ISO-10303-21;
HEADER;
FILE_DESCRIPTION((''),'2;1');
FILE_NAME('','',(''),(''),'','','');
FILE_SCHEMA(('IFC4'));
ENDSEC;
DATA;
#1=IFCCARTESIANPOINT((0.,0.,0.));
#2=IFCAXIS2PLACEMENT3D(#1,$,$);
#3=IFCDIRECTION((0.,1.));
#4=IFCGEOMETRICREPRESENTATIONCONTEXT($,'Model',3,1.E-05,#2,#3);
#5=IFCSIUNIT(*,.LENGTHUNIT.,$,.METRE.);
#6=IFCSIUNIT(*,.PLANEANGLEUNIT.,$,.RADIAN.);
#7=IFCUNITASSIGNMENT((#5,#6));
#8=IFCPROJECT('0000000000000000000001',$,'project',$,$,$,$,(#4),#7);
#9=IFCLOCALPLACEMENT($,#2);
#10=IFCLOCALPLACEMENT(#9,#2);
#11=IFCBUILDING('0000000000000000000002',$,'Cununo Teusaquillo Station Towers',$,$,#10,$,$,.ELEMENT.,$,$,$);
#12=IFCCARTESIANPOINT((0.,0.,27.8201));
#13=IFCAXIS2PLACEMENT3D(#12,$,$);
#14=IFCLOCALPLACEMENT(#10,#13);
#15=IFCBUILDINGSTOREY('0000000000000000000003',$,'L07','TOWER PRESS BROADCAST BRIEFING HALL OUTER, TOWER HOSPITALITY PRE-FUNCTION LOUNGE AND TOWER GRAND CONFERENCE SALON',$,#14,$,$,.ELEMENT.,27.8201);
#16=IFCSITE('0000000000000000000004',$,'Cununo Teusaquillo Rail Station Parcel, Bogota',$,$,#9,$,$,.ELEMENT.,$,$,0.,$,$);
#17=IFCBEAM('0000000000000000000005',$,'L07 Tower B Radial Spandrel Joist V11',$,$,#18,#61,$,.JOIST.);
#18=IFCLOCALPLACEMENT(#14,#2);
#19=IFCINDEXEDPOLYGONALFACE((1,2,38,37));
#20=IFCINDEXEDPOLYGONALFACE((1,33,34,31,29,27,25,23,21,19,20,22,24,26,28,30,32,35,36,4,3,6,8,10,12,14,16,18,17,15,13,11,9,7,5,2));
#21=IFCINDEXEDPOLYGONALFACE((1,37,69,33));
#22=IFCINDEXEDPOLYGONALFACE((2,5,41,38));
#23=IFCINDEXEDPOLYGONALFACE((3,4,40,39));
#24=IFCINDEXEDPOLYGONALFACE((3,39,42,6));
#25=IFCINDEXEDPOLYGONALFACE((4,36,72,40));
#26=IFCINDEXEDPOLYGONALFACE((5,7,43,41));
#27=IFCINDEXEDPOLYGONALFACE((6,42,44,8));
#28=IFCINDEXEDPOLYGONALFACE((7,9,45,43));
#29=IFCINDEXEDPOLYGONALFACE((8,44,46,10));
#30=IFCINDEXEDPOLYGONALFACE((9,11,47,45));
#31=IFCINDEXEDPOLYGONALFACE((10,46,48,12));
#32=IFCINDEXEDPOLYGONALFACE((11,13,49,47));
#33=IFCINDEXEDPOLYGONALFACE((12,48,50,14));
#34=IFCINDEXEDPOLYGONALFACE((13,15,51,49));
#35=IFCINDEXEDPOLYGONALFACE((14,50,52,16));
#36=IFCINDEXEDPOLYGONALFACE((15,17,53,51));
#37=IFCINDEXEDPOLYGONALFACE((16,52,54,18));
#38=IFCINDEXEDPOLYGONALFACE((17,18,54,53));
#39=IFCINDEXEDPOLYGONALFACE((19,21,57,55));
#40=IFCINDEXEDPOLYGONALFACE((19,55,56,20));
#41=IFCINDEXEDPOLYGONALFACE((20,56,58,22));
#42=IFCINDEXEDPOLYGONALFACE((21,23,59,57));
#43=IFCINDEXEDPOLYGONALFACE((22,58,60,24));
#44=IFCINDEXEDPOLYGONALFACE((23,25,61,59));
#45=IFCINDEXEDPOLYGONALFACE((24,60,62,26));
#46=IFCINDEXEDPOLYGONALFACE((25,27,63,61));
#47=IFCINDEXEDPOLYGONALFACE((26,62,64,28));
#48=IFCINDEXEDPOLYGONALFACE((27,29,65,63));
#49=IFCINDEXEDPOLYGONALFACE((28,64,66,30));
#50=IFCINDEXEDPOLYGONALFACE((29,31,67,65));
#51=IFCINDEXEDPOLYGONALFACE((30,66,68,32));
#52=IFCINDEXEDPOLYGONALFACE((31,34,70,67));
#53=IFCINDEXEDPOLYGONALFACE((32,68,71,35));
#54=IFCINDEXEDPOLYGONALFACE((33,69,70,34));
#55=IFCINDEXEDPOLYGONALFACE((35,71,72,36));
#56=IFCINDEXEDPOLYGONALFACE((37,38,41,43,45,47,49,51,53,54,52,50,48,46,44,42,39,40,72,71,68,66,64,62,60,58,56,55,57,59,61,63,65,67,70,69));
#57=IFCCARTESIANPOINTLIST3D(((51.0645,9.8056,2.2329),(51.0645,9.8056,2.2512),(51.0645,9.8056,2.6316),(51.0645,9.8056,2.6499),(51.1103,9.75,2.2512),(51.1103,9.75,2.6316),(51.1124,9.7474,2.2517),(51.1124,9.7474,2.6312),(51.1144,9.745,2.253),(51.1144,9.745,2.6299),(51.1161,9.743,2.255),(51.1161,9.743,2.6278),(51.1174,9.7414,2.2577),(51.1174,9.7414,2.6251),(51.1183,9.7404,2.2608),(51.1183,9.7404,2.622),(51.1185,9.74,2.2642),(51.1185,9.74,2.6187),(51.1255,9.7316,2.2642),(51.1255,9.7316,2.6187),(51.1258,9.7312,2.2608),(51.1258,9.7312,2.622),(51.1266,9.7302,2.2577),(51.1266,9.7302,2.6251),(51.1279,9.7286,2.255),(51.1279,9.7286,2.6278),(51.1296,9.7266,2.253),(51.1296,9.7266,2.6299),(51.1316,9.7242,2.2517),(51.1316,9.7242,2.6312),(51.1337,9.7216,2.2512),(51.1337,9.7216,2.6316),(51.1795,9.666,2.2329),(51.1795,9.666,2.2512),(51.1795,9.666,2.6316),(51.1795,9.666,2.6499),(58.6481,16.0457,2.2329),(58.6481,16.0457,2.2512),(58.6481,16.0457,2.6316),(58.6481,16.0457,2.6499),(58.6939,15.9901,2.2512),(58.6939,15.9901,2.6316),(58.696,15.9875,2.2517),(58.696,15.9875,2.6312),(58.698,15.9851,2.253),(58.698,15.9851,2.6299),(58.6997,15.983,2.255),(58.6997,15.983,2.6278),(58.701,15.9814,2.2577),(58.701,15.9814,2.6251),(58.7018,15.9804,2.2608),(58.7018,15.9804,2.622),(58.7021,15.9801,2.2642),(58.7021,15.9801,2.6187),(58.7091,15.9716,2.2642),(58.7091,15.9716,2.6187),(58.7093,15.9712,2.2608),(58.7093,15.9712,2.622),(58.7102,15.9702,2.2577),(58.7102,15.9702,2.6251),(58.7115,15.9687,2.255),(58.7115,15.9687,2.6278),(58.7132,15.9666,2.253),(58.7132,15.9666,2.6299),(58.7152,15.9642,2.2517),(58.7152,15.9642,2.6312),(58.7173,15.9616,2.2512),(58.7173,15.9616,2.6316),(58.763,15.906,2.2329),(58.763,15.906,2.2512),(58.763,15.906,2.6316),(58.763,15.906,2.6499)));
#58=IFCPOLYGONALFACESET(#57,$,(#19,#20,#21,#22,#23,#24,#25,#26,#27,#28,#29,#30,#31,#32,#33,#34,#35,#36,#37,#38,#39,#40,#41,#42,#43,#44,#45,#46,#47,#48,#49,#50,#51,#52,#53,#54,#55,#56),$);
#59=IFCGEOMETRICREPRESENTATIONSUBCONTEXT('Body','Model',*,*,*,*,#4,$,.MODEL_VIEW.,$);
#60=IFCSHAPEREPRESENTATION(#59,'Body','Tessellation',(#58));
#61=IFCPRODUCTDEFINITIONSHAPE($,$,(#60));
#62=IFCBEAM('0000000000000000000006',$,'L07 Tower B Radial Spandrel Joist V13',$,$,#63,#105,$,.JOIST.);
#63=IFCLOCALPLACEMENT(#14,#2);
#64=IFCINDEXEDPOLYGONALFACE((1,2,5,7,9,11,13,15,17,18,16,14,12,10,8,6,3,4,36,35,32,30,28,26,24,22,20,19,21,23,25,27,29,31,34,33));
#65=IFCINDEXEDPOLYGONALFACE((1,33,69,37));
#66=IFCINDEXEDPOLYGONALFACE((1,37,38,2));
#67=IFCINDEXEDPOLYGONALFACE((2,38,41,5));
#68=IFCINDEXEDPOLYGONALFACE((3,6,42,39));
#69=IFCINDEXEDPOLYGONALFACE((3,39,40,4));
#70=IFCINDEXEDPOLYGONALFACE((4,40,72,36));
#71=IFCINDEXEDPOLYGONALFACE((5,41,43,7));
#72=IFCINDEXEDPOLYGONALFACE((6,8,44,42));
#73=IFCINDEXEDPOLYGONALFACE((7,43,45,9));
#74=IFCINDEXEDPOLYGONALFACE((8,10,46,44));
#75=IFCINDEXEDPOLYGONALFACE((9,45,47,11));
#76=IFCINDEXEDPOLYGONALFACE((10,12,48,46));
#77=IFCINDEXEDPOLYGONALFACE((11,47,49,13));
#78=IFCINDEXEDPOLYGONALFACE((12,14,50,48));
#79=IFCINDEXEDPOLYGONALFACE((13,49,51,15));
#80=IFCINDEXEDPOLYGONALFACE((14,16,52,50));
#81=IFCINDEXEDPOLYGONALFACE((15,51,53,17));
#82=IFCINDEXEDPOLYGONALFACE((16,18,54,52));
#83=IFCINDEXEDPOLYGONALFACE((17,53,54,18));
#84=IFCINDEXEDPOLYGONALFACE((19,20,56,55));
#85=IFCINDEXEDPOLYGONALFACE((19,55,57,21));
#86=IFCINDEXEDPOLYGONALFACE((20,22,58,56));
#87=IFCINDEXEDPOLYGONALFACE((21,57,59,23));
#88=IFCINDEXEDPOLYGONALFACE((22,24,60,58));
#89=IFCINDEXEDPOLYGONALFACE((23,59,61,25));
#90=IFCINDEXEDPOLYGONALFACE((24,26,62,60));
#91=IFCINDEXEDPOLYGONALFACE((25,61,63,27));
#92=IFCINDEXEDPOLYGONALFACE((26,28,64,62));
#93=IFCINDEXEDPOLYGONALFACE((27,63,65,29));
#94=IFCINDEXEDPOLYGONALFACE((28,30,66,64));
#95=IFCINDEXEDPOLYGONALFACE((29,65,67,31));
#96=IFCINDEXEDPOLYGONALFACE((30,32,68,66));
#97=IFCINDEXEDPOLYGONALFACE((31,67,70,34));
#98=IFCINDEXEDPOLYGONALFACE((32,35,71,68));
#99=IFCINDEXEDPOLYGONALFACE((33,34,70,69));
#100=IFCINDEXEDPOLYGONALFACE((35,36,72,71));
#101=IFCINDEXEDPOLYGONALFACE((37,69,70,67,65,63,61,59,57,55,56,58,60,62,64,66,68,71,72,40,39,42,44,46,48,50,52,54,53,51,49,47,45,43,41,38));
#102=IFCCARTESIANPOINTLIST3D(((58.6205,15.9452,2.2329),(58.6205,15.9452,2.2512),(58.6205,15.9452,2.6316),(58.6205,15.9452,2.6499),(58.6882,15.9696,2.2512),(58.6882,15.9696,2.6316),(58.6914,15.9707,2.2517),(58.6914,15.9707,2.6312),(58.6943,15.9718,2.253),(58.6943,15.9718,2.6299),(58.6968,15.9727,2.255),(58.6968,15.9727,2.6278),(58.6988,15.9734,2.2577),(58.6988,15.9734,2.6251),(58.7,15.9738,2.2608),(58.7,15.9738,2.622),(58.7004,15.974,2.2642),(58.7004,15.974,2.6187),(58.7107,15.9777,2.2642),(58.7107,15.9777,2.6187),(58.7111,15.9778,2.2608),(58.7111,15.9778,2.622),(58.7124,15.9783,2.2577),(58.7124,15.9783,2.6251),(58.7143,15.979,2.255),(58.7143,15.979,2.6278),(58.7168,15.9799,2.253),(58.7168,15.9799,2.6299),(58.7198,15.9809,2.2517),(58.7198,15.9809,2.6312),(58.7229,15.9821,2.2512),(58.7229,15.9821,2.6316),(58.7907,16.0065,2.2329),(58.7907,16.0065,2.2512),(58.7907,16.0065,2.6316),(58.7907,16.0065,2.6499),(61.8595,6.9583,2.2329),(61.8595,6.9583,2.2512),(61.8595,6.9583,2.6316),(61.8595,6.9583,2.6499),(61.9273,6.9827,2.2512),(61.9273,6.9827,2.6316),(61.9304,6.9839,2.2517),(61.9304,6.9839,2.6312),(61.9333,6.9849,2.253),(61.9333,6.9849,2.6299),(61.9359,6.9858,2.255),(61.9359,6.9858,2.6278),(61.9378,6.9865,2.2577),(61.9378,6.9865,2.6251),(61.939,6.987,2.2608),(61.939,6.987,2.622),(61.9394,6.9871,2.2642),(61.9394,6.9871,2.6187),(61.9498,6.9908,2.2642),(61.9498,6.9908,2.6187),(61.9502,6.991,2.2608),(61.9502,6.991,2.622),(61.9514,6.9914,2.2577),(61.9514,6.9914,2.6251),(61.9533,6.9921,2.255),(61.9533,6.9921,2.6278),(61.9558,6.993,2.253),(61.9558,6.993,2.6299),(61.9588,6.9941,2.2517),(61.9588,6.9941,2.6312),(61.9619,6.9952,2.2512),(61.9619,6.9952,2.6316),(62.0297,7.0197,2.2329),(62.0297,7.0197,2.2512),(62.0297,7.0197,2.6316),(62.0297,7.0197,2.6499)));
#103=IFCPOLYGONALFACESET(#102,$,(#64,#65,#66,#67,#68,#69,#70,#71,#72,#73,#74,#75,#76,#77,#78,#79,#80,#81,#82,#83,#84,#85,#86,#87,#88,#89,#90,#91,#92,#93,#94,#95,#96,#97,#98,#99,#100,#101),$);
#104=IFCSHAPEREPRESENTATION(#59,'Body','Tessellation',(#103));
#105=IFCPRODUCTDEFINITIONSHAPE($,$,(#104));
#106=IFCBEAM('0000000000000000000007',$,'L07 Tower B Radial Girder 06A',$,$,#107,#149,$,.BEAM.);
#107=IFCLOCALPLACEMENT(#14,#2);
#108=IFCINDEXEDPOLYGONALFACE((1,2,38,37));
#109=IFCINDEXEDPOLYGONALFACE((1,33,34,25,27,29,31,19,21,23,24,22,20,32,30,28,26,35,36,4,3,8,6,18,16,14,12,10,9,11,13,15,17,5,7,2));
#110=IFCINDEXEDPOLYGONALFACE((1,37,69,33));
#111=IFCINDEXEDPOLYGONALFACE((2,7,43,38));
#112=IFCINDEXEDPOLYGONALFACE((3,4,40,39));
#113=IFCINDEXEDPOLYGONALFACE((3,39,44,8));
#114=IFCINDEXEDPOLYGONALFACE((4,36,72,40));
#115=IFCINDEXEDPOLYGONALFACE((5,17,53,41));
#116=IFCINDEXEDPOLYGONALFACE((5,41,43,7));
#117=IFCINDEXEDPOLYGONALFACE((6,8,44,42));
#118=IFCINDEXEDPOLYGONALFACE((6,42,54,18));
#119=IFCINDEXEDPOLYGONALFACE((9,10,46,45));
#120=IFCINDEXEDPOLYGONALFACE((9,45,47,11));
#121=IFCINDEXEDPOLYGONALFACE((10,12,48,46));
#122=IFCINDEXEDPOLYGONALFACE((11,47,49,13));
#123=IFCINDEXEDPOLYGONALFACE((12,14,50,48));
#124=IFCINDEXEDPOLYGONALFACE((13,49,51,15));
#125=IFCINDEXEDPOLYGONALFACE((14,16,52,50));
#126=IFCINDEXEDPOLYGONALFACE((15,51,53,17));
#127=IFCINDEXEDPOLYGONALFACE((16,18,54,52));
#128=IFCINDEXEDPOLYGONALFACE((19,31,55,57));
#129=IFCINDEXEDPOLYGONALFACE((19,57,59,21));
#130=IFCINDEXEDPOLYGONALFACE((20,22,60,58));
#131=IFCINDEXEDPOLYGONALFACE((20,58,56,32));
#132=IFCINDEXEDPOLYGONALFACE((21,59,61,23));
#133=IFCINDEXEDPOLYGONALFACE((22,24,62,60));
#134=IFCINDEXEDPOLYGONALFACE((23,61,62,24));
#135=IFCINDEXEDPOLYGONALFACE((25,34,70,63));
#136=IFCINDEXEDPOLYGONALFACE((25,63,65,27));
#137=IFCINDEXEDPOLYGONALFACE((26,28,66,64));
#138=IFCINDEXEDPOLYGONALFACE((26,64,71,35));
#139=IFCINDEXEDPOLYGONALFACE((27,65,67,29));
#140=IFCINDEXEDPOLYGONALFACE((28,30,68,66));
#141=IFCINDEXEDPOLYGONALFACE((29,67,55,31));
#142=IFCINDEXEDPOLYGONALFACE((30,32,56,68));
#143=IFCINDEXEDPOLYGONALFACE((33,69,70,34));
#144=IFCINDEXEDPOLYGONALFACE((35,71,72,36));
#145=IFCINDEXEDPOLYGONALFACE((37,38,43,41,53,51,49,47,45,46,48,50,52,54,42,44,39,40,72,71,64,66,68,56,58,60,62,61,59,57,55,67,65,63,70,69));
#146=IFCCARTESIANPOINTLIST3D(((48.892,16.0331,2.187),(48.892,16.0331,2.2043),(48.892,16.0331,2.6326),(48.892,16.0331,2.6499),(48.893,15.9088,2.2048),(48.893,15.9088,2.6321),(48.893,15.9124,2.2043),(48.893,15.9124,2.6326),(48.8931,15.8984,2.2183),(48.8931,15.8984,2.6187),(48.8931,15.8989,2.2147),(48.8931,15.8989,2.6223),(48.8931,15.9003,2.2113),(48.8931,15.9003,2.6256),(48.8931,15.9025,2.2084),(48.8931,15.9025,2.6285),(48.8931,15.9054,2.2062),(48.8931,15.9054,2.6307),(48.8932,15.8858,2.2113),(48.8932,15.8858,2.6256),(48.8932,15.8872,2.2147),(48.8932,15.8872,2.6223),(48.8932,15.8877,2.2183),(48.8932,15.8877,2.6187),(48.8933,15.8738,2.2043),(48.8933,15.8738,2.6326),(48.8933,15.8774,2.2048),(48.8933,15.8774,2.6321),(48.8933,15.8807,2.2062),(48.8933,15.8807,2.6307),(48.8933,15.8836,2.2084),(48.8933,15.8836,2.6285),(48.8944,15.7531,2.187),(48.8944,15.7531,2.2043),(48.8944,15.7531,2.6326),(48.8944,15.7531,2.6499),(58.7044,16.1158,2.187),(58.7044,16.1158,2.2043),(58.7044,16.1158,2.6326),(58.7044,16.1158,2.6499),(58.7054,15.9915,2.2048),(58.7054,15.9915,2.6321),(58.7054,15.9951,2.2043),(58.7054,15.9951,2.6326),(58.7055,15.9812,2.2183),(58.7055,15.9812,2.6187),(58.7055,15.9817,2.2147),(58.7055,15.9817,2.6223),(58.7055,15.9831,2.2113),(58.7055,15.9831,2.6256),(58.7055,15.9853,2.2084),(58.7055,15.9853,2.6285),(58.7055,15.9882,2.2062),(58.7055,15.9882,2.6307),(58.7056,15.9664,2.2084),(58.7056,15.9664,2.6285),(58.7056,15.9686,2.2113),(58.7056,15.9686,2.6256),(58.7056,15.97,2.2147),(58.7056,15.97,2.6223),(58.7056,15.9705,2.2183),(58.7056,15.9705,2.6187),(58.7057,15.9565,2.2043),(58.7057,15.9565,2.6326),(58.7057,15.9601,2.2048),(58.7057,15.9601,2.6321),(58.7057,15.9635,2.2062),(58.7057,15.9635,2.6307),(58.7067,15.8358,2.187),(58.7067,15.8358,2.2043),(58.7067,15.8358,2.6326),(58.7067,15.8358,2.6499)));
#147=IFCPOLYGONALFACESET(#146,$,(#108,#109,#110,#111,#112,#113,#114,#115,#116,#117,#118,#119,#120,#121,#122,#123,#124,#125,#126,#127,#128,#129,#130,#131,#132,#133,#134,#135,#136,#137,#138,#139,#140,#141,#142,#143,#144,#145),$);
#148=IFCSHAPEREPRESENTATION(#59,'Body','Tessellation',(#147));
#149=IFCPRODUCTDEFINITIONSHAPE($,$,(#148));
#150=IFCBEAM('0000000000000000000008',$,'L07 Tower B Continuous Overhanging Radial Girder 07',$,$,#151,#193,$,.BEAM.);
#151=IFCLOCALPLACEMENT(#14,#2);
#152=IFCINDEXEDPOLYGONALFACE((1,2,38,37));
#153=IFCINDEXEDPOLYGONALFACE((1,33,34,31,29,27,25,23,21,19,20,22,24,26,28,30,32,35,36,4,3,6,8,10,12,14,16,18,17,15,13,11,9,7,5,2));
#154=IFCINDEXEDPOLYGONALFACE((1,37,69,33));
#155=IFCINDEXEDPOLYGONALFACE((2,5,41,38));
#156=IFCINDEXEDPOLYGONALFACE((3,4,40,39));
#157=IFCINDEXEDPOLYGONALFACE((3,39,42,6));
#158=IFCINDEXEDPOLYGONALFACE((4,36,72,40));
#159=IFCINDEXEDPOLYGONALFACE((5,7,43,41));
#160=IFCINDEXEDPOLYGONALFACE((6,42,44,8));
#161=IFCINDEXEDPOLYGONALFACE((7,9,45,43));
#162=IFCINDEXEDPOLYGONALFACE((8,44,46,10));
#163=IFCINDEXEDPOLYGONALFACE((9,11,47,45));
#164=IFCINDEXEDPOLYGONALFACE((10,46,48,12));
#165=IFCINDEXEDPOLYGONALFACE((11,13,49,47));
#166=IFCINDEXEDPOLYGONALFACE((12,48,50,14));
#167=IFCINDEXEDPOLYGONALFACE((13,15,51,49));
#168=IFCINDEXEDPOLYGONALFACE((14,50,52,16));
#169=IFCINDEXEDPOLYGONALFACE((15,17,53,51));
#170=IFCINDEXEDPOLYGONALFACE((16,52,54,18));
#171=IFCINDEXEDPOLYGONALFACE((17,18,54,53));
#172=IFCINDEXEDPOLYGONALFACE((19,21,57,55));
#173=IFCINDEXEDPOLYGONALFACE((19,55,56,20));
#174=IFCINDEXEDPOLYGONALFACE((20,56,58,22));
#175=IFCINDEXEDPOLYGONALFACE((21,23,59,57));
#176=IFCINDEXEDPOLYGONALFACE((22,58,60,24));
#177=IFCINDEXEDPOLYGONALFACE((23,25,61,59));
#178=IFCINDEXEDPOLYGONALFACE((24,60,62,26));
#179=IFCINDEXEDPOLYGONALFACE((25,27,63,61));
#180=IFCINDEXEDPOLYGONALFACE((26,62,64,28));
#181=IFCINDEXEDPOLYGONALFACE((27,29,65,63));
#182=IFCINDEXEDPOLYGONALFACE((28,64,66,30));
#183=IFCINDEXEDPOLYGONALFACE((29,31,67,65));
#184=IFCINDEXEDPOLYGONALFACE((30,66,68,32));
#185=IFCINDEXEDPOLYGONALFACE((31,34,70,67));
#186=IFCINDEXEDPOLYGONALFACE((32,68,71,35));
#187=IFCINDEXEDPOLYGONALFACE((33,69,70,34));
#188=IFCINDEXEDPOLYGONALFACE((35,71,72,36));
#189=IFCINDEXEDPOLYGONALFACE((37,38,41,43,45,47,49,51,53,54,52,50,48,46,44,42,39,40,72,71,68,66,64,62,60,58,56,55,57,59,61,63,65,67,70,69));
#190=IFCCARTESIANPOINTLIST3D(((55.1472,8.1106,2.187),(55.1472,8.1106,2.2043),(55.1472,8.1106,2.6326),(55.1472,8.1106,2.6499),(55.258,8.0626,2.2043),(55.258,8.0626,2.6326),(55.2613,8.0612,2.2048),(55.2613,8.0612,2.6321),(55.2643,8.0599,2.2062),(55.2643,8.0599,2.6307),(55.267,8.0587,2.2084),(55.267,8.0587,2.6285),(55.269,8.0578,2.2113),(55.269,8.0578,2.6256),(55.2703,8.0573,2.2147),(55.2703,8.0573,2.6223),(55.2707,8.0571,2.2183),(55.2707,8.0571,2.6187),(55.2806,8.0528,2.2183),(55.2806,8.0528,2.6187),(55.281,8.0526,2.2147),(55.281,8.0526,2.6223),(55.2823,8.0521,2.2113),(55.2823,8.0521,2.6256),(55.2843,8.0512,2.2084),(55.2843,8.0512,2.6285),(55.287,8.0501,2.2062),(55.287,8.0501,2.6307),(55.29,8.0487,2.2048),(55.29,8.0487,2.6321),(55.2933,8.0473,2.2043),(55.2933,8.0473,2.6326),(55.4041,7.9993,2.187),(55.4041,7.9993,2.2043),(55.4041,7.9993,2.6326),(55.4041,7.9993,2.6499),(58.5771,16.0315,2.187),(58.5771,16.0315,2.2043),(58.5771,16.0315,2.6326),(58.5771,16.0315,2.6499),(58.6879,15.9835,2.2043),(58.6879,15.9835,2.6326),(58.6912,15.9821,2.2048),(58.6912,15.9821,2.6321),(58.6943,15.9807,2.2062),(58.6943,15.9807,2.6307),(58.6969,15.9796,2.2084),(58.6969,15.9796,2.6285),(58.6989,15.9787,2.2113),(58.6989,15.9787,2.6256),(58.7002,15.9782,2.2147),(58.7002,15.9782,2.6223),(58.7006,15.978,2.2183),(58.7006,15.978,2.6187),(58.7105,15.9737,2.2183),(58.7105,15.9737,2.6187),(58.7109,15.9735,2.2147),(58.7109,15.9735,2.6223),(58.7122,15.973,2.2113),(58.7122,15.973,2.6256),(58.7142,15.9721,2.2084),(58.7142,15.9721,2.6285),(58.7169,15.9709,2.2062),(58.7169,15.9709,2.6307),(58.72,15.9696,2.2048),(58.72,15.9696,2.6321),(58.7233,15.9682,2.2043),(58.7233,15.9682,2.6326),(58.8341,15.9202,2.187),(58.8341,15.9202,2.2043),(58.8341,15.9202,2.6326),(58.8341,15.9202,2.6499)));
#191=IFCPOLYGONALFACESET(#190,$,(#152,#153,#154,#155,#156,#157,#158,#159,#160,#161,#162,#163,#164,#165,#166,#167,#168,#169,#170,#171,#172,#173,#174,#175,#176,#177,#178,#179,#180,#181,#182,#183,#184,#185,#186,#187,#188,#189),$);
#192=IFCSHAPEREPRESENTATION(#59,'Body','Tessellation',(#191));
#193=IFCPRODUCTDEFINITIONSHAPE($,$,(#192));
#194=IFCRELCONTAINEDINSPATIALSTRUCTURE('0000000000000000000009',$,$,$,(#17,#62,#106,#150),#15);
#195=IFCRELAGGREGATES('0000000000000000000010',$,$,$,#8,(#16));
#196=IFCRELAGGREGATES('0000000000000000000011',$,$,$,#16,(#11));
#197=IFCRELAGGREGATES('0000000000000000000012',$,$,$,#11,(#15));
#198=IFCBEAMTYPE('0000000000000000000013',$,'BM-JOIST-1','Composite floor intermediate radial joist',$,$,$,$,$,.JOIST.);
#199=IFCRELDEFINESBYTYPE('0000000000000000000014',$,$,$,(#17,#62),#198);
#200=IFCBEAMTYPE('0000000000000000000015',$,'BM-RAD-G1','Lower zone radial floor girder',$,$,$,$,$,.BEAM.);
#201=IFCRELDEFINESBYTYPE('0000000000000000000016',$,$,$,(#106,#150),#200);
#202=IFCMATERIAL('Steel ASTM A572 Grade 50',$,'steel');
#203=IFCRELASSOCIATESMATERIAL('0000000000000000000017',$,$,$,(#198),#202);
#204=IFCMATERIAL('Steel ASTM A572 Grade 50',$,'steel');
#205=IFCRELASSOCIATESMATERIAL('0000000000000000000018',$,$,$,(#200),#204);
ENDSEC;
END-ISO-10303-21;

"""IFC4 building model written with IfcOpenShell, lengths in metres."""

from ifc_helpers import new_model, si_unit, direction, frame, origin, origin_2d, place, context, subcontext, project, spatial, i_section, extrude, material, material_profile, profile_set, type_object, element, save


model = new_model("IFC4")

# Units and contexts
model_context = context("Model", 3, precision=1e-05, world=origin(), true_north=direction((0.0, 1.0)))
body_context = subcontext(model_context, "Body", "Model", "MODEL_VIEW")
ifc_project = project(units=[si_unit("LENGTHUNIT", "METRE"), si_unit("PLANEANGLEUNIT", "RADIAN")], contexts=[model_context])

# Site, building, storey
site_placement = place(None, origin())
site = spatial("IfcSite", under=ifc_project, at=site_placement, Name="Cununo Teusaquillo Rail Station Parcel, Bogota", CompositionType="ELEMENT", RefElevation=0.0)
building_placement = place(site_placement, origin())
building = spatial("IfcBuilding", under=site, at=building_placement, Name="Cununo Teusaquillo Station Towers", CompositionType="ELEMENT")
storey_placement = place(building_placement, frame((0.0, 0.0, 27.8201)))
storey = spatial("IfcBuildingStorey", under=building, at=storey_placement, Name="L07", Description="TOWER PRESS BROADCAST BRIEFING HALL OUTER, TOWER HOSPITALITY PRE-FUNCTION LOUNGE AND TOWER GRAND CONFERENCE SALON", CompositionType="ELEMENT", Elevation=27.8201)

# Beams
ifc_material_1 = material(Name="Steel ASTM A572 Grade 50", Category="steel")
ifc_material_profile_1 = material_profile(ifc_material_1, i_section(OverallWidth=0.1809, OverallDepth=0.417, WebThickness=0.011, FlangeThickness=0.0183, FilletRadius=0.0129, at=origin_2d()), Name="W16X57")
ifc_profile_set_1 = profile_set([ifc_material_profile_1], Name="Steel ASTM A572 Grade 50")
beam_type_1 = type_object("IfcBeamType", Name="BM-JOIST-1", Description="Composite floor intermediate radial joist", PredefinedType="JOIST", material=ifc_profile_set_1)
beam_1_placement = place(storey_placement, frame((58.7056, 15.9758, 2.4414), z_axis=(-0.772192, -0.635389, 0.0), x_axis=(0.635389, -0.772192, 0.0)))
element("IfcBeam", 1, at=beam_1_placement, inside=storey, type_object=beam_type_1, Name="L07 Tower B Radial Spandrel Joist V11", PredefinedType="JOIST", context=body_context, shape_type="SweptSolid", body=[
    extrude(i_section(OverallWidth=0.1809, OverallDepth=0.417, WebThickness=0.011, FlangeThickness=0.0183, FilletRadius=0.0129, at=origin_2d()), origin(), (0.0, 0.0, 1.0), 9.8208),
])
beam_2_placement = place(storey_placement, frame((58.7056, 15.9758, 2.4414), z_axis=(0.339068, -0.940762, 0.0), x_axis=(0.940762, 0.339068, 0.0)))
element("IfcBeam", 2, at=beam_2_placement, inside=storey, type_object=beam_type_1, Name="L07 Tower B Radial Spandrel Joist V13", PredefinedType="JOIST", context=body_context, shape_type="SweptSolid", body=[
    extrude(i_section(OverallWidth=0.1809, OverallDepth=0.417, WebThickness=0.011, FlangeThickness=0.0183, FilletRadius=0.0129, at=origin_2d()), origin(), (0.0, 0.0, 1.0), 9.5527),
])
ifc_material_2 = material(Name="Steel ASTM A572 Grade 50", Category="steel")
ifc_material_profile_2 = material_profile(ifc_material_2, i_section(OverallWidth=0.28, OverallDepth=0.4629, WebThickness=0.0107, FlangeThickness=0.0173, FilletRadius=0.0139, at=origin_2d()), Name="W18X76")
ifc_profile_set_2 = profile_set([ifc_material_profile_2], Name="Steel ASTM A572 Grade 50")
beam_type_2 = type_object("IfcBeamType", Name="BM-RAD-G1", Description="Lower zone radial floor girder", PredefinedType="BEAM", material=ifc_profile_set_2)
beam_3_placement = place(storey_placement, frame((58.7056, 15.9758, 2.4185), z_axis=(-0.999964, -0.008434, 0.0), x_axis=(0.008434, -0.999964, 0.0)))
element("IfcBeam", 3, at=beam_3_placement, inside=storey, type_object=beam_type_2, Name="L07 Tower B Radial Girder 06A", PredefinedType="BEAM", context=body_context, shape_type="SweptSolid", body=[
    extrude(i_section(OverallWidth=0.28, OverallDepth=0.4629, WebThickness=0.0107, FlangeThickness=0.0173, FilletRadius=0.0139, at=origin_2d()), origin(), (0.0, 0.0, 1.0), 9.8127),
])
beam_4_placement = place(storey_placement, frame((58.7056, 15.9758, 2.4185), z_axis=(-0.397368, -0.917659, 0.0), x_axis=(0.917659, -0.397368, 0.0)))
element("IfcBeam", 4, at=beam_4_placement, inside=storey, type_object=beam_type_2, Name="L07 Tower B Continuous Overhanging Radial Girder 07", PredefinedType="BEAM", context=body_context, shape_type="SweptSolid", body=[
    extrude(i_section(OverallWidth=0.28, OverallDepth=0.4629, WebThickness=0.0107, FlangeThickness=0.0173, FilletRadius=0.0139, at=origin_2d()), origin(), (0.0, 0.0, 1.0), 8.6316),
])

save(model, "model.ifc")
